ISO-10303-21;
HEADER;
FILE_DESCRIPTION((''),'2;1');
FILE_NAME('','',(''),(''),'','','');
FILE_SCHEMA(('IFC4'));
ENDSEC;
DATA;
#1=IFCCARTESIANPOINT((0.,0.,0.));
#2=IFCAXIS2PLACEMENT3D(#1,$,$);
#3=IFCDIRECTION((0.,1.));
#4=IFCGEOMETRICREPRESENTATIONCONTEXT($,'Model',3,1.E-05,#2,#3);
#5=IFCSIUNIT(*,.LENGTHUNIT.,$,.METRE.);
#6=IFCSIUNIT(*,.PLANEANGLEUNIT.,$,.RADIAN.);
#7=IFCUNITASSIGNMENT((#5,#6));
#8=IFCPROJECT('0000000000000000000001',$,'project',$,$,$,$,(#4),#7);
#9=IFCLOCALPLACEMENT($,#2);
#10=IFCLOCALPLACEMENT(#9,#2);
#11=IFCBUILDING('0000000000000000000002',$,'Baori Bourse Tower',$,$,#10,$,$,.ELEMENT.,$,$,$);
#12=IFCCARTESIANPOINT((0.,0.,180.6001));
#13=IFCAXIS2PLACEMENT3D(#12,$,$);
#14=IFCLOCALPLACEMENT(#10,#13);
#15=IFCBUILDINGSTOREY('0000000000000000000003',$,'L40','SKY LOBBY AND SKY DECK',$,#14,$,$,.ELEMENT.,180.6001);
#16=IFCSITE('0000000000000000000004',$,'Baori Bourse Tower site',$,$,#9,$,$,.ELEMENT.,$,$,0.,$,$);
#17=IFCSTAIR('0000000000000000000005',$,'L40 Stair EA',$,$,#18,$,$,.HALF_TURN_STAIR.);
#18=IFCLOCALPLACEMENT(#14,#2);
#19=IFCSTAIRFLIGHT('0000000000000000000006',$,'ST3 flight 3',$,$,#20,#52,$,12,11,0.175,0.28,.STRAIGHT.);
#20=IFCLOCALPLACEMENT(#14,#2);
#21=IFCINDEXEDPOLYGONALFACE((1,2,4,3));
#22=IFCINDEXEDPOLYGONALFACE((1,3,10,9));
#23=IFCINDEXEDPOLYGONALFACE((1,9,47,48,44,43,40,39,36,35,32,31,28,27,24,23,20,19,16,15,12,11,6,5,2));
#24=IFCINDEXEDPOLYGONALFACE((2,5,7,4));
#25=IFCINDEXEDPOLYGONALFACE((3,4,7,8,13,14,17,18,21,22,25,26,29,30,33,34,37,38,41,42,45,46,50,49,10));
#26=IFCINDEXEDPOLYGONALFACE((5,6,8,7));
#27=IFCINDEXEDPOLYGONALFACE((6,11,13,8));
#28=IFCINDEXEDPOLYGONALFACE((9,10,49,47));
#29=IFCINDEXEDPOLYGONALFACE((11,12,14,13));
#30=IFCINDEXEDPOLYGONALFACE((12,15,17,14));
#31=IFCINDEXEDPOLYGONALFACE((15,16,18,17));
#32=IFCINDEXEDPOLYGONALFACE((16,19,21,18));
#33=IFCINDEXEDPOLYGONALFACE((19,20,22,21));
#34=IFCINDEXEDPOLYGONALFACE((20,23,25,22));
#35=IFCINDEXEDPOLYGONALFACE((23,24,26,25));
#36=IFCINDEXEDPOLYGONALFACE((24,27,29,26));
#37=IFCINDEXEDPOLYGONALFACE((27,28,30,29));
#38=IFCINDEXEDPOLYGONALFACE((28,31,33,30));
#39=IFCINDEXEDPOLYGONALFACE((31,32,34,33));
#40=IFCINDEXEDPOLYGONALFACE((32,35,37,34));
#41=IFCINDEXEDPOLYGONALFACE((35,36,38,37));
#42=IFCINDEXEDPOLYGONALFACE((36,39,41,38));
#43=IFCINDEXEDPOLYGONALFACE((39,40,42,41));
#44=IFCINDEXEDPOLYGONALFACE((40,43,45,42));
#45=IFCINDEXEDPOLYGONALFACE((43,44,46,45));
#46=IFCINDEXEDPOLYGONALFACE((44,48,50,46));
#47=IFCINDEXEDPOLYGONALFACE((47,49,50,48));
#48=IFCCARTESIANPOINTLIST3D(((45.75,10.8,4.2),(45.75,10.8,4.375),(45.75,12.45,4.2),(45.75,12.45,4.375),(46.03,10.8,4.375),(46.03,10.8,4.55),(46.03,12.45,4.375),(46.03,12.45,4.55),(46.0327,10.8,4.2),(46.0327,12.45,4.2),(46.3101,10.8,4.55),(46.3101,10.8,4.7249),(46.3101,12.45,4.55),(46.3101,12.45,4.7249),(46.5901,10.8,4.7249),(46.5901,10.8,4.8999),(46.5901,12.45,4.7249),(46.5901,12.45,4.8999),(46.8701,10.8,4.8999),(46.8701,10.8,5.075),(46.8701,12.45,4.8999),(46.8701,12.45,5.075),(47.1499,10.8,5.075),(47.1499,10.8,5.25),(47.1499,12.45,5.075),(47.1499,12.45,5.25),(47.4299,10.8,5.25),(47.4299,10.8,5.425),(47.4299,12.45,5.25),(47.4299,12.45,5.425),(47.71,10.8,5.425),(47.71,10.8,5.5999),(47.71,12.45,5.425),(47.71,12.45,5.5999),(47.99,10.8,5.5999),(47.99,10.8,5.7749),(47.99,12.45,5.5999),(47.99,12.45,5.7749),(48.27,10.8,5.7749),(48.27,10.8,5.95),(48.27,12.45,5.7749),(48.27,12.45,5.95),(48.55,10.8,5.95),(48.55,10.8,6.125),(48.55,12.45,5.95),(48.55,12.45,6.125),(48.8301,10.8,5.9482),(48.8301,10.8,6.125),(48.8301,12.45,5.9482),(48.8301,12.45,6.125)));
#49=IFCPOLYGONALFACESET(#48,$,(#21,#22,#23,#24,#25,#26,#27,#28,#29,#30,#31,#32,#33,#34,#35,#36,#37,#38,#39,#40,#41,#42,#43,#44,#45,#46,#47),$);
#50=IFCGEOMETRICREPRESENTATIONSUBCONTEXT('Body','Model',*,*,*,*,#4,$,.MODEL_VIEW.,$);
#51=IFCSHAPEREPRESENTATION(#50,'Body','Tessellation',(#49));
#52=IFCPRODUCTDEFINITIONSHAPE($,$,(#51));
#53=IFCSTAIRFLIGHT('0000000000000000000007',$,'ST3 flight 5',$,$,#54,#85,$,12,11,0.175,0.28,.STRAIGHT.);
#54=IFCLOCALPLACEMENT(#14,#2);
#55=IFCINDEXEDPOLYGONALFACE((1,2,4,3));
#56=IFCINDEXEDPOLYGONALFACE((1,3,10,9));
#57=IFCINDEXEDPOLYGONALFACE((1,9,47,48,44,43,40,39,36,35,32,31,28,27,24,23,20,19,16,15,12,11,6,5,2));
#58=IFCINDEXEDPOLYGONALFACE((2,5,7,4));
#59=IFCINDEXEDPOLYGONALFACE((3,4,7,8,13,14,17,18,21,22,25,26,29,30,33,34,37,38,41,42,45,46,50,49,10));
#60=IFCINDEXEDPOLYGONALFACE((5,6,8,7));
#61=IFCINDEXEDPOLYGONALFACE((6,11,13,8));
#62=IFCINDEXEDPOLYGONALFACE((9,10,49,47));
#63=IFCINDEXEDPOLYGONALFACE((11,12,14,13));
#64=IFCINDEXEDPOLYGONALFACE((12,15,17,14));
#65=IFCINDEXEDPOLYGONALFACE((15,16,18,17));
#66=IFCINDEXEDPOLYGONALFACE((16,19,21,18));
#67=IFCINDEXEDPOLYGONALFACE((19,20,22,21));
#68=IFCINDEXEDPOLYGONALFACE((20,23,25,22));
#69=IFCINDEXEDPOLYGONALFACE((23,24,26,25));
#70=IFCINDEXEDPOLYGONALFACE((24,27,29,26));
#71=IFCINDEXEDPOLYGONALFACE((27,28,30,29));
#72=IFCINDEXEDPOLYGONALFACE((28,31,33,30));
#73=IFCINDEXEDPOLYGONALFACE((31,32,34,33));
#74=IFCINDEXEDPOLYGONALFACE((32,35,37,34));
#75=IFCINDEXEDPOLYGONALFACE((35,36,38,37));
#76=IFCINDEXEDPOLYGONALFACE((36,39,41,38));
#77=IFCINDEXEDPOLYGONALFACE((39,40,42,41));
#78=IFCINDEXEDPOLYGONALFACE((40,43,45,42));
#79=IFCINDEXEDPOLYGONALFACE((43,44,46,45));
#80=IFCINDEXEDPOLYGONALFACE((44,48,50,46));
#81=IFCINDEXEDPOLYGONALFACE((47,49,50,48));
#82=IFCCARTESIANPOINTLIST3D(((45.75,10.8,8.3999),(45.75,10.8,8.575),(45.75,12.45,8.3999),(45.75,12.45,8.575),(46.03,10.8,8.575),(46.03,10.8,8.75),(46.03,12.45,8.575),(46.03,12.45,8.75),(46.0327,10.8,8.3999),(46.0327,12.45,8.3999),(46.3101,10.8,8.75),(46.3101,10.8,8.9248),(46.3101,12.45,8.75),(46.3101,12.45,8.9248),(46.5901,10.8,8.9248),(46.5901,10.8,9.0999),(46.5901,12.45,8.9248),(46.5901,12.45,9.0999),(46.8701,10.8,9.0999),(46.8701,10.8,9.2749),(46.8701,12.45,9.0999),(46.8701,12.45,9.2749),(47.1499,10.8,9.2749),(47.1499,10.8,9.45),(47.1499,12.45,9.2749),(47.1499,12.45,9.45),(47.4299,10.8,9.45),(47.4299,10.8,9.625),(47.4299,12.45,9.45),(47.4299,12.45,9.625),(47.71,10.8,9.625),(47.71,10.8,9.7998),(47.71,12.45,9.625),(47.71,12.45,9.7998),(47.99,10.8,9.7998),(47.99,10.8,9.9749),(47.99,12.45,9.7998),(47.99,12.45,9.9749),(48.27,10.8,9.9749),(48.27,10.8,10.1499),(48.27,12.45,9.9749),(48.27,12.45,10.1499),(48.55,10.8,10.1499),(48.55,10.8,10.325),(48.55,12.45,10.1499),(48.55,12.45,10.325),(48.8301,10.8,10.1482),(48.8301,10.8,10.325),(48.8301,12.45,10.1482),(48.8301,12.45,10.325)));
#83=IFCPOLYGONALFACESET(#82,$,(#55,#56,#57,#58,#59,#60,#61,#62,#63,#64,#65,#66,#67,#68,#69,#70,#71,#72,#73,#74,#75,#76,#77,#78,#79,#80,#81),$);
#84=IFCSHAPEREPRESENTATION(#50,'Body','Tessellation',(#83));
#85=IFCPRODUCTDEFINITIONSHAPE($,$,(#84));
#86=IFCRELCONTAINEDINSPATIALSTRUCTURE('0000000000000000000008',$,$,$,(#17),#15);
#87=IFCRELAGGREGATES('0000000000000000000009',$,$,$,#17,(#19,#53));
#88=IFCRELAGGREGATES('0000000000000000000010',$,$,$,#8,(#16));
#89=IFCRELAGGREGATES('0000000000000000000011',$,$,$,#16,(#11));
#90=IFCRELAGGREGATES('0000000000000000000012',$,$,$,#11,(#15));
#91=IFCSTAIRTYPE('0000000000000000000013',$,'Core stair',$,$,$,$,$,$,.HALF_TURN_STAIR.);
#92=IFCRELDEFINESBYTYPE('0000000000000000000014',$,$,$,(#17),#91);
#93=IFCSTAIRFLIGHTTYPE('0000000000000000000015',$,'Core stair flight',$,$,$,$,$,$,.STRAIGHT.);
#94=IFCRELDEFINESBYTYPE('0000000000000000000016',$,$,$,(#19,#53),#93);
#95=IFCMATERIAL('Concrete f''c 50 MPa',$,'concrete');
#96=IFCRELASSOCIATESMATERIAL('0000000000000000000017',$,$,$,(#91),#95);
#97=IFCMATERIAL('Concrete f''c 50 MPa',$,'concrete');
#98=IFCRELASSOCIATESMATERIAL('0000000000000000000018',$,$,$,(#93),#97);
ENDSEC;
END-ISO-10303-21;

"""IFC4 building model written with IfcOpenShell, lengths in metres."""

from ifc_helpers import new_model, si_unit, direction, frame, origin, place, context, subcontext, project, spatial, polyline, outline, extrude, material, type_object, element, aggregate, save


model = new_model("IFC4")

# Units and contexts
model_context = context("Model", 3, precision=1e-05, world=origin(), true_north=direction((0.0, 1.0)))
body_context = subcontext(model_context, "Body", "Model", "MODEL_VIEW")
ifc_project = project(units=[si_unit("LENGTHUNIT", "METRE"), si_unit("PLANEANGLEUNIT", "RADIAN")], contexts=[model_context])

# Site, building, storey
site_placement = place(None, origin())
site = spatial("IfcSite", under=ifc_project, at=site_placement, Name="Baori Bourse Tower site", CompositionType="ELEMENT", RefElevation=0.0)
building_placement = place(site_placement, origin())
building = spatial("IfcBuilding", under=site, at=building_placement, Name="Baori Bourse Tower", CompositionType="ELEMENT")
storey_placement = place(building_placement, frame((0.0, 0.0, 180.6001)))
storey = spatial("IfcBuildingStorey", under=building, at=storey_placement, Name="L40", Description="SKY LOBBY AND SKY DECK", CompositionType="ELEMENT", Elevation=180.6001)

# Stair, stair flights
ifc_material_1 = material(Name="Concrete f'c 50 MPa", Category="concrete")
stair_type = type_object("IfcStairType", Name="Core stair", PredefinedType="HALF_TURN_STAIR", material=ifc_material_1)
stair_placement = place(storey_placement, origin())
stair = element("IfcStair", 1, at=stair_placement, inside=storey, type_object=stair_type, Name="L40 Stair EA", PredefinedType="HALF_TURN_STAIR")
ifc_material_2 = material(Name="Concrete f'c 50 MPa", Category="concrete")
stair_flight_type = type_object("IfcStairFlightType", Name="Core stair flight", PredefinedType="STRAIGHT", material=ifc_material_2)
stair_flight_1_placement = place(storey_placement, frame((45.75, 11.625, 4.2), z_axis=(0.0, 0.0, 1.0), x_axis=(1.0, 0.0, 0.0)))
stair_flight_1 = element("IfcStairFlight", 2, at=stair_flight_1_placement, type_object=stair_flight_type, Name="ST3 flight 3", NumberOfRisers=12, NumberOfTreads=11, PredefinedType="STRAIGHT", RiserHeight=0.175, TreadLength=0.28, context=body_context, shape_type="SweptSolid", body=[
    extrude(outline(polyline([(0.0, 0.0), (0.0, 0.175), (0.28, 0.175), (0.28, 0.3501), (0.5601, 0.3501), (0.5601, 0.5249), (0.8401, 0.5249), (0.8401, 0.7), (1.1201, 0.7), (1.1201, 0.875), (1.3999, 0.875), (1.3999, 1.05), (1.6799, 1.05), (1.6799, 1.2251), (1.96, 1.2251), (1.96, 1.3999), (2.24, 1.3999), (2.24, 1.575), (2.52, 1.575), (2.52, 1.75), (2.8, 1.75), (2.8, 1.925), (3.0801, 1.925), (3.0801, 2.1001), (3.0801, 1.7483), (0.2827, 0.0), (0.0, 0.0)])), frame((0.0, 0.825, 0.0), z_axis=(0.0, -1.0, 0.0), x_axis=(1.0, 0.0, 0.0)), (0.0, 0.0, 1.0), 1.6499),
])
stair_flight_2_placement = place(storey_placement, frame((45.75, 11.625, 8.3999), z_axis=(0.0, 0.0, 1.0), x_axis=(1.0, 0.0, 0.0)))
stair_flight_2 = element("IfcStairFlight", 3, at=stair_flight_2_placement, type_object=stair_flight_type, Name="ST3 flight 5", NumberOfRisers=12, NumberOfTreads=11, PredefinedType="STRAIGHT", RiserHeight=0.175, TreadLength=0.28, context=body_context, shape_type="SweptSolid", body=[
    extrude(outline(polyline([(0.0, 0.0), (0.0, 0.175), (0.28, 0.175), (0.28, 0.3501), (0.5601, 0.3501), (0.5601, 0.5249), (0.8401, 0.5249), (0.8401, 0.7), (1.1201, 0.7), (1.1201, 0.875), (1.3999, 0.875), (1.3999, 1.05), (1.6799, 1.05), (1.6799, 1.2251), (1.96, 1.2251), (1.96, 1.3999), (2.24, 1.3999), (2.24, 1.575), (2.52, 1.575), (2.52, 1.75), (2.8, 1.75), (2.8, 1.925), (3.0801, 1.925), (3.0801, 2.1001), (3.0801, 1.7483), (0.2827, 0.0), (0.0, 0.0)])), frame((0.0, 0.825, 0.0), z_axis=(0.0, -1.0, 0.0), x_axis=(1.0, 0.0, 0.0)), (0.0, 0.0, 1.0), 1.6499),
])
aggregate(stair, [stair_flight_1, stair_flight_2])

save(model, "model.ifc")
